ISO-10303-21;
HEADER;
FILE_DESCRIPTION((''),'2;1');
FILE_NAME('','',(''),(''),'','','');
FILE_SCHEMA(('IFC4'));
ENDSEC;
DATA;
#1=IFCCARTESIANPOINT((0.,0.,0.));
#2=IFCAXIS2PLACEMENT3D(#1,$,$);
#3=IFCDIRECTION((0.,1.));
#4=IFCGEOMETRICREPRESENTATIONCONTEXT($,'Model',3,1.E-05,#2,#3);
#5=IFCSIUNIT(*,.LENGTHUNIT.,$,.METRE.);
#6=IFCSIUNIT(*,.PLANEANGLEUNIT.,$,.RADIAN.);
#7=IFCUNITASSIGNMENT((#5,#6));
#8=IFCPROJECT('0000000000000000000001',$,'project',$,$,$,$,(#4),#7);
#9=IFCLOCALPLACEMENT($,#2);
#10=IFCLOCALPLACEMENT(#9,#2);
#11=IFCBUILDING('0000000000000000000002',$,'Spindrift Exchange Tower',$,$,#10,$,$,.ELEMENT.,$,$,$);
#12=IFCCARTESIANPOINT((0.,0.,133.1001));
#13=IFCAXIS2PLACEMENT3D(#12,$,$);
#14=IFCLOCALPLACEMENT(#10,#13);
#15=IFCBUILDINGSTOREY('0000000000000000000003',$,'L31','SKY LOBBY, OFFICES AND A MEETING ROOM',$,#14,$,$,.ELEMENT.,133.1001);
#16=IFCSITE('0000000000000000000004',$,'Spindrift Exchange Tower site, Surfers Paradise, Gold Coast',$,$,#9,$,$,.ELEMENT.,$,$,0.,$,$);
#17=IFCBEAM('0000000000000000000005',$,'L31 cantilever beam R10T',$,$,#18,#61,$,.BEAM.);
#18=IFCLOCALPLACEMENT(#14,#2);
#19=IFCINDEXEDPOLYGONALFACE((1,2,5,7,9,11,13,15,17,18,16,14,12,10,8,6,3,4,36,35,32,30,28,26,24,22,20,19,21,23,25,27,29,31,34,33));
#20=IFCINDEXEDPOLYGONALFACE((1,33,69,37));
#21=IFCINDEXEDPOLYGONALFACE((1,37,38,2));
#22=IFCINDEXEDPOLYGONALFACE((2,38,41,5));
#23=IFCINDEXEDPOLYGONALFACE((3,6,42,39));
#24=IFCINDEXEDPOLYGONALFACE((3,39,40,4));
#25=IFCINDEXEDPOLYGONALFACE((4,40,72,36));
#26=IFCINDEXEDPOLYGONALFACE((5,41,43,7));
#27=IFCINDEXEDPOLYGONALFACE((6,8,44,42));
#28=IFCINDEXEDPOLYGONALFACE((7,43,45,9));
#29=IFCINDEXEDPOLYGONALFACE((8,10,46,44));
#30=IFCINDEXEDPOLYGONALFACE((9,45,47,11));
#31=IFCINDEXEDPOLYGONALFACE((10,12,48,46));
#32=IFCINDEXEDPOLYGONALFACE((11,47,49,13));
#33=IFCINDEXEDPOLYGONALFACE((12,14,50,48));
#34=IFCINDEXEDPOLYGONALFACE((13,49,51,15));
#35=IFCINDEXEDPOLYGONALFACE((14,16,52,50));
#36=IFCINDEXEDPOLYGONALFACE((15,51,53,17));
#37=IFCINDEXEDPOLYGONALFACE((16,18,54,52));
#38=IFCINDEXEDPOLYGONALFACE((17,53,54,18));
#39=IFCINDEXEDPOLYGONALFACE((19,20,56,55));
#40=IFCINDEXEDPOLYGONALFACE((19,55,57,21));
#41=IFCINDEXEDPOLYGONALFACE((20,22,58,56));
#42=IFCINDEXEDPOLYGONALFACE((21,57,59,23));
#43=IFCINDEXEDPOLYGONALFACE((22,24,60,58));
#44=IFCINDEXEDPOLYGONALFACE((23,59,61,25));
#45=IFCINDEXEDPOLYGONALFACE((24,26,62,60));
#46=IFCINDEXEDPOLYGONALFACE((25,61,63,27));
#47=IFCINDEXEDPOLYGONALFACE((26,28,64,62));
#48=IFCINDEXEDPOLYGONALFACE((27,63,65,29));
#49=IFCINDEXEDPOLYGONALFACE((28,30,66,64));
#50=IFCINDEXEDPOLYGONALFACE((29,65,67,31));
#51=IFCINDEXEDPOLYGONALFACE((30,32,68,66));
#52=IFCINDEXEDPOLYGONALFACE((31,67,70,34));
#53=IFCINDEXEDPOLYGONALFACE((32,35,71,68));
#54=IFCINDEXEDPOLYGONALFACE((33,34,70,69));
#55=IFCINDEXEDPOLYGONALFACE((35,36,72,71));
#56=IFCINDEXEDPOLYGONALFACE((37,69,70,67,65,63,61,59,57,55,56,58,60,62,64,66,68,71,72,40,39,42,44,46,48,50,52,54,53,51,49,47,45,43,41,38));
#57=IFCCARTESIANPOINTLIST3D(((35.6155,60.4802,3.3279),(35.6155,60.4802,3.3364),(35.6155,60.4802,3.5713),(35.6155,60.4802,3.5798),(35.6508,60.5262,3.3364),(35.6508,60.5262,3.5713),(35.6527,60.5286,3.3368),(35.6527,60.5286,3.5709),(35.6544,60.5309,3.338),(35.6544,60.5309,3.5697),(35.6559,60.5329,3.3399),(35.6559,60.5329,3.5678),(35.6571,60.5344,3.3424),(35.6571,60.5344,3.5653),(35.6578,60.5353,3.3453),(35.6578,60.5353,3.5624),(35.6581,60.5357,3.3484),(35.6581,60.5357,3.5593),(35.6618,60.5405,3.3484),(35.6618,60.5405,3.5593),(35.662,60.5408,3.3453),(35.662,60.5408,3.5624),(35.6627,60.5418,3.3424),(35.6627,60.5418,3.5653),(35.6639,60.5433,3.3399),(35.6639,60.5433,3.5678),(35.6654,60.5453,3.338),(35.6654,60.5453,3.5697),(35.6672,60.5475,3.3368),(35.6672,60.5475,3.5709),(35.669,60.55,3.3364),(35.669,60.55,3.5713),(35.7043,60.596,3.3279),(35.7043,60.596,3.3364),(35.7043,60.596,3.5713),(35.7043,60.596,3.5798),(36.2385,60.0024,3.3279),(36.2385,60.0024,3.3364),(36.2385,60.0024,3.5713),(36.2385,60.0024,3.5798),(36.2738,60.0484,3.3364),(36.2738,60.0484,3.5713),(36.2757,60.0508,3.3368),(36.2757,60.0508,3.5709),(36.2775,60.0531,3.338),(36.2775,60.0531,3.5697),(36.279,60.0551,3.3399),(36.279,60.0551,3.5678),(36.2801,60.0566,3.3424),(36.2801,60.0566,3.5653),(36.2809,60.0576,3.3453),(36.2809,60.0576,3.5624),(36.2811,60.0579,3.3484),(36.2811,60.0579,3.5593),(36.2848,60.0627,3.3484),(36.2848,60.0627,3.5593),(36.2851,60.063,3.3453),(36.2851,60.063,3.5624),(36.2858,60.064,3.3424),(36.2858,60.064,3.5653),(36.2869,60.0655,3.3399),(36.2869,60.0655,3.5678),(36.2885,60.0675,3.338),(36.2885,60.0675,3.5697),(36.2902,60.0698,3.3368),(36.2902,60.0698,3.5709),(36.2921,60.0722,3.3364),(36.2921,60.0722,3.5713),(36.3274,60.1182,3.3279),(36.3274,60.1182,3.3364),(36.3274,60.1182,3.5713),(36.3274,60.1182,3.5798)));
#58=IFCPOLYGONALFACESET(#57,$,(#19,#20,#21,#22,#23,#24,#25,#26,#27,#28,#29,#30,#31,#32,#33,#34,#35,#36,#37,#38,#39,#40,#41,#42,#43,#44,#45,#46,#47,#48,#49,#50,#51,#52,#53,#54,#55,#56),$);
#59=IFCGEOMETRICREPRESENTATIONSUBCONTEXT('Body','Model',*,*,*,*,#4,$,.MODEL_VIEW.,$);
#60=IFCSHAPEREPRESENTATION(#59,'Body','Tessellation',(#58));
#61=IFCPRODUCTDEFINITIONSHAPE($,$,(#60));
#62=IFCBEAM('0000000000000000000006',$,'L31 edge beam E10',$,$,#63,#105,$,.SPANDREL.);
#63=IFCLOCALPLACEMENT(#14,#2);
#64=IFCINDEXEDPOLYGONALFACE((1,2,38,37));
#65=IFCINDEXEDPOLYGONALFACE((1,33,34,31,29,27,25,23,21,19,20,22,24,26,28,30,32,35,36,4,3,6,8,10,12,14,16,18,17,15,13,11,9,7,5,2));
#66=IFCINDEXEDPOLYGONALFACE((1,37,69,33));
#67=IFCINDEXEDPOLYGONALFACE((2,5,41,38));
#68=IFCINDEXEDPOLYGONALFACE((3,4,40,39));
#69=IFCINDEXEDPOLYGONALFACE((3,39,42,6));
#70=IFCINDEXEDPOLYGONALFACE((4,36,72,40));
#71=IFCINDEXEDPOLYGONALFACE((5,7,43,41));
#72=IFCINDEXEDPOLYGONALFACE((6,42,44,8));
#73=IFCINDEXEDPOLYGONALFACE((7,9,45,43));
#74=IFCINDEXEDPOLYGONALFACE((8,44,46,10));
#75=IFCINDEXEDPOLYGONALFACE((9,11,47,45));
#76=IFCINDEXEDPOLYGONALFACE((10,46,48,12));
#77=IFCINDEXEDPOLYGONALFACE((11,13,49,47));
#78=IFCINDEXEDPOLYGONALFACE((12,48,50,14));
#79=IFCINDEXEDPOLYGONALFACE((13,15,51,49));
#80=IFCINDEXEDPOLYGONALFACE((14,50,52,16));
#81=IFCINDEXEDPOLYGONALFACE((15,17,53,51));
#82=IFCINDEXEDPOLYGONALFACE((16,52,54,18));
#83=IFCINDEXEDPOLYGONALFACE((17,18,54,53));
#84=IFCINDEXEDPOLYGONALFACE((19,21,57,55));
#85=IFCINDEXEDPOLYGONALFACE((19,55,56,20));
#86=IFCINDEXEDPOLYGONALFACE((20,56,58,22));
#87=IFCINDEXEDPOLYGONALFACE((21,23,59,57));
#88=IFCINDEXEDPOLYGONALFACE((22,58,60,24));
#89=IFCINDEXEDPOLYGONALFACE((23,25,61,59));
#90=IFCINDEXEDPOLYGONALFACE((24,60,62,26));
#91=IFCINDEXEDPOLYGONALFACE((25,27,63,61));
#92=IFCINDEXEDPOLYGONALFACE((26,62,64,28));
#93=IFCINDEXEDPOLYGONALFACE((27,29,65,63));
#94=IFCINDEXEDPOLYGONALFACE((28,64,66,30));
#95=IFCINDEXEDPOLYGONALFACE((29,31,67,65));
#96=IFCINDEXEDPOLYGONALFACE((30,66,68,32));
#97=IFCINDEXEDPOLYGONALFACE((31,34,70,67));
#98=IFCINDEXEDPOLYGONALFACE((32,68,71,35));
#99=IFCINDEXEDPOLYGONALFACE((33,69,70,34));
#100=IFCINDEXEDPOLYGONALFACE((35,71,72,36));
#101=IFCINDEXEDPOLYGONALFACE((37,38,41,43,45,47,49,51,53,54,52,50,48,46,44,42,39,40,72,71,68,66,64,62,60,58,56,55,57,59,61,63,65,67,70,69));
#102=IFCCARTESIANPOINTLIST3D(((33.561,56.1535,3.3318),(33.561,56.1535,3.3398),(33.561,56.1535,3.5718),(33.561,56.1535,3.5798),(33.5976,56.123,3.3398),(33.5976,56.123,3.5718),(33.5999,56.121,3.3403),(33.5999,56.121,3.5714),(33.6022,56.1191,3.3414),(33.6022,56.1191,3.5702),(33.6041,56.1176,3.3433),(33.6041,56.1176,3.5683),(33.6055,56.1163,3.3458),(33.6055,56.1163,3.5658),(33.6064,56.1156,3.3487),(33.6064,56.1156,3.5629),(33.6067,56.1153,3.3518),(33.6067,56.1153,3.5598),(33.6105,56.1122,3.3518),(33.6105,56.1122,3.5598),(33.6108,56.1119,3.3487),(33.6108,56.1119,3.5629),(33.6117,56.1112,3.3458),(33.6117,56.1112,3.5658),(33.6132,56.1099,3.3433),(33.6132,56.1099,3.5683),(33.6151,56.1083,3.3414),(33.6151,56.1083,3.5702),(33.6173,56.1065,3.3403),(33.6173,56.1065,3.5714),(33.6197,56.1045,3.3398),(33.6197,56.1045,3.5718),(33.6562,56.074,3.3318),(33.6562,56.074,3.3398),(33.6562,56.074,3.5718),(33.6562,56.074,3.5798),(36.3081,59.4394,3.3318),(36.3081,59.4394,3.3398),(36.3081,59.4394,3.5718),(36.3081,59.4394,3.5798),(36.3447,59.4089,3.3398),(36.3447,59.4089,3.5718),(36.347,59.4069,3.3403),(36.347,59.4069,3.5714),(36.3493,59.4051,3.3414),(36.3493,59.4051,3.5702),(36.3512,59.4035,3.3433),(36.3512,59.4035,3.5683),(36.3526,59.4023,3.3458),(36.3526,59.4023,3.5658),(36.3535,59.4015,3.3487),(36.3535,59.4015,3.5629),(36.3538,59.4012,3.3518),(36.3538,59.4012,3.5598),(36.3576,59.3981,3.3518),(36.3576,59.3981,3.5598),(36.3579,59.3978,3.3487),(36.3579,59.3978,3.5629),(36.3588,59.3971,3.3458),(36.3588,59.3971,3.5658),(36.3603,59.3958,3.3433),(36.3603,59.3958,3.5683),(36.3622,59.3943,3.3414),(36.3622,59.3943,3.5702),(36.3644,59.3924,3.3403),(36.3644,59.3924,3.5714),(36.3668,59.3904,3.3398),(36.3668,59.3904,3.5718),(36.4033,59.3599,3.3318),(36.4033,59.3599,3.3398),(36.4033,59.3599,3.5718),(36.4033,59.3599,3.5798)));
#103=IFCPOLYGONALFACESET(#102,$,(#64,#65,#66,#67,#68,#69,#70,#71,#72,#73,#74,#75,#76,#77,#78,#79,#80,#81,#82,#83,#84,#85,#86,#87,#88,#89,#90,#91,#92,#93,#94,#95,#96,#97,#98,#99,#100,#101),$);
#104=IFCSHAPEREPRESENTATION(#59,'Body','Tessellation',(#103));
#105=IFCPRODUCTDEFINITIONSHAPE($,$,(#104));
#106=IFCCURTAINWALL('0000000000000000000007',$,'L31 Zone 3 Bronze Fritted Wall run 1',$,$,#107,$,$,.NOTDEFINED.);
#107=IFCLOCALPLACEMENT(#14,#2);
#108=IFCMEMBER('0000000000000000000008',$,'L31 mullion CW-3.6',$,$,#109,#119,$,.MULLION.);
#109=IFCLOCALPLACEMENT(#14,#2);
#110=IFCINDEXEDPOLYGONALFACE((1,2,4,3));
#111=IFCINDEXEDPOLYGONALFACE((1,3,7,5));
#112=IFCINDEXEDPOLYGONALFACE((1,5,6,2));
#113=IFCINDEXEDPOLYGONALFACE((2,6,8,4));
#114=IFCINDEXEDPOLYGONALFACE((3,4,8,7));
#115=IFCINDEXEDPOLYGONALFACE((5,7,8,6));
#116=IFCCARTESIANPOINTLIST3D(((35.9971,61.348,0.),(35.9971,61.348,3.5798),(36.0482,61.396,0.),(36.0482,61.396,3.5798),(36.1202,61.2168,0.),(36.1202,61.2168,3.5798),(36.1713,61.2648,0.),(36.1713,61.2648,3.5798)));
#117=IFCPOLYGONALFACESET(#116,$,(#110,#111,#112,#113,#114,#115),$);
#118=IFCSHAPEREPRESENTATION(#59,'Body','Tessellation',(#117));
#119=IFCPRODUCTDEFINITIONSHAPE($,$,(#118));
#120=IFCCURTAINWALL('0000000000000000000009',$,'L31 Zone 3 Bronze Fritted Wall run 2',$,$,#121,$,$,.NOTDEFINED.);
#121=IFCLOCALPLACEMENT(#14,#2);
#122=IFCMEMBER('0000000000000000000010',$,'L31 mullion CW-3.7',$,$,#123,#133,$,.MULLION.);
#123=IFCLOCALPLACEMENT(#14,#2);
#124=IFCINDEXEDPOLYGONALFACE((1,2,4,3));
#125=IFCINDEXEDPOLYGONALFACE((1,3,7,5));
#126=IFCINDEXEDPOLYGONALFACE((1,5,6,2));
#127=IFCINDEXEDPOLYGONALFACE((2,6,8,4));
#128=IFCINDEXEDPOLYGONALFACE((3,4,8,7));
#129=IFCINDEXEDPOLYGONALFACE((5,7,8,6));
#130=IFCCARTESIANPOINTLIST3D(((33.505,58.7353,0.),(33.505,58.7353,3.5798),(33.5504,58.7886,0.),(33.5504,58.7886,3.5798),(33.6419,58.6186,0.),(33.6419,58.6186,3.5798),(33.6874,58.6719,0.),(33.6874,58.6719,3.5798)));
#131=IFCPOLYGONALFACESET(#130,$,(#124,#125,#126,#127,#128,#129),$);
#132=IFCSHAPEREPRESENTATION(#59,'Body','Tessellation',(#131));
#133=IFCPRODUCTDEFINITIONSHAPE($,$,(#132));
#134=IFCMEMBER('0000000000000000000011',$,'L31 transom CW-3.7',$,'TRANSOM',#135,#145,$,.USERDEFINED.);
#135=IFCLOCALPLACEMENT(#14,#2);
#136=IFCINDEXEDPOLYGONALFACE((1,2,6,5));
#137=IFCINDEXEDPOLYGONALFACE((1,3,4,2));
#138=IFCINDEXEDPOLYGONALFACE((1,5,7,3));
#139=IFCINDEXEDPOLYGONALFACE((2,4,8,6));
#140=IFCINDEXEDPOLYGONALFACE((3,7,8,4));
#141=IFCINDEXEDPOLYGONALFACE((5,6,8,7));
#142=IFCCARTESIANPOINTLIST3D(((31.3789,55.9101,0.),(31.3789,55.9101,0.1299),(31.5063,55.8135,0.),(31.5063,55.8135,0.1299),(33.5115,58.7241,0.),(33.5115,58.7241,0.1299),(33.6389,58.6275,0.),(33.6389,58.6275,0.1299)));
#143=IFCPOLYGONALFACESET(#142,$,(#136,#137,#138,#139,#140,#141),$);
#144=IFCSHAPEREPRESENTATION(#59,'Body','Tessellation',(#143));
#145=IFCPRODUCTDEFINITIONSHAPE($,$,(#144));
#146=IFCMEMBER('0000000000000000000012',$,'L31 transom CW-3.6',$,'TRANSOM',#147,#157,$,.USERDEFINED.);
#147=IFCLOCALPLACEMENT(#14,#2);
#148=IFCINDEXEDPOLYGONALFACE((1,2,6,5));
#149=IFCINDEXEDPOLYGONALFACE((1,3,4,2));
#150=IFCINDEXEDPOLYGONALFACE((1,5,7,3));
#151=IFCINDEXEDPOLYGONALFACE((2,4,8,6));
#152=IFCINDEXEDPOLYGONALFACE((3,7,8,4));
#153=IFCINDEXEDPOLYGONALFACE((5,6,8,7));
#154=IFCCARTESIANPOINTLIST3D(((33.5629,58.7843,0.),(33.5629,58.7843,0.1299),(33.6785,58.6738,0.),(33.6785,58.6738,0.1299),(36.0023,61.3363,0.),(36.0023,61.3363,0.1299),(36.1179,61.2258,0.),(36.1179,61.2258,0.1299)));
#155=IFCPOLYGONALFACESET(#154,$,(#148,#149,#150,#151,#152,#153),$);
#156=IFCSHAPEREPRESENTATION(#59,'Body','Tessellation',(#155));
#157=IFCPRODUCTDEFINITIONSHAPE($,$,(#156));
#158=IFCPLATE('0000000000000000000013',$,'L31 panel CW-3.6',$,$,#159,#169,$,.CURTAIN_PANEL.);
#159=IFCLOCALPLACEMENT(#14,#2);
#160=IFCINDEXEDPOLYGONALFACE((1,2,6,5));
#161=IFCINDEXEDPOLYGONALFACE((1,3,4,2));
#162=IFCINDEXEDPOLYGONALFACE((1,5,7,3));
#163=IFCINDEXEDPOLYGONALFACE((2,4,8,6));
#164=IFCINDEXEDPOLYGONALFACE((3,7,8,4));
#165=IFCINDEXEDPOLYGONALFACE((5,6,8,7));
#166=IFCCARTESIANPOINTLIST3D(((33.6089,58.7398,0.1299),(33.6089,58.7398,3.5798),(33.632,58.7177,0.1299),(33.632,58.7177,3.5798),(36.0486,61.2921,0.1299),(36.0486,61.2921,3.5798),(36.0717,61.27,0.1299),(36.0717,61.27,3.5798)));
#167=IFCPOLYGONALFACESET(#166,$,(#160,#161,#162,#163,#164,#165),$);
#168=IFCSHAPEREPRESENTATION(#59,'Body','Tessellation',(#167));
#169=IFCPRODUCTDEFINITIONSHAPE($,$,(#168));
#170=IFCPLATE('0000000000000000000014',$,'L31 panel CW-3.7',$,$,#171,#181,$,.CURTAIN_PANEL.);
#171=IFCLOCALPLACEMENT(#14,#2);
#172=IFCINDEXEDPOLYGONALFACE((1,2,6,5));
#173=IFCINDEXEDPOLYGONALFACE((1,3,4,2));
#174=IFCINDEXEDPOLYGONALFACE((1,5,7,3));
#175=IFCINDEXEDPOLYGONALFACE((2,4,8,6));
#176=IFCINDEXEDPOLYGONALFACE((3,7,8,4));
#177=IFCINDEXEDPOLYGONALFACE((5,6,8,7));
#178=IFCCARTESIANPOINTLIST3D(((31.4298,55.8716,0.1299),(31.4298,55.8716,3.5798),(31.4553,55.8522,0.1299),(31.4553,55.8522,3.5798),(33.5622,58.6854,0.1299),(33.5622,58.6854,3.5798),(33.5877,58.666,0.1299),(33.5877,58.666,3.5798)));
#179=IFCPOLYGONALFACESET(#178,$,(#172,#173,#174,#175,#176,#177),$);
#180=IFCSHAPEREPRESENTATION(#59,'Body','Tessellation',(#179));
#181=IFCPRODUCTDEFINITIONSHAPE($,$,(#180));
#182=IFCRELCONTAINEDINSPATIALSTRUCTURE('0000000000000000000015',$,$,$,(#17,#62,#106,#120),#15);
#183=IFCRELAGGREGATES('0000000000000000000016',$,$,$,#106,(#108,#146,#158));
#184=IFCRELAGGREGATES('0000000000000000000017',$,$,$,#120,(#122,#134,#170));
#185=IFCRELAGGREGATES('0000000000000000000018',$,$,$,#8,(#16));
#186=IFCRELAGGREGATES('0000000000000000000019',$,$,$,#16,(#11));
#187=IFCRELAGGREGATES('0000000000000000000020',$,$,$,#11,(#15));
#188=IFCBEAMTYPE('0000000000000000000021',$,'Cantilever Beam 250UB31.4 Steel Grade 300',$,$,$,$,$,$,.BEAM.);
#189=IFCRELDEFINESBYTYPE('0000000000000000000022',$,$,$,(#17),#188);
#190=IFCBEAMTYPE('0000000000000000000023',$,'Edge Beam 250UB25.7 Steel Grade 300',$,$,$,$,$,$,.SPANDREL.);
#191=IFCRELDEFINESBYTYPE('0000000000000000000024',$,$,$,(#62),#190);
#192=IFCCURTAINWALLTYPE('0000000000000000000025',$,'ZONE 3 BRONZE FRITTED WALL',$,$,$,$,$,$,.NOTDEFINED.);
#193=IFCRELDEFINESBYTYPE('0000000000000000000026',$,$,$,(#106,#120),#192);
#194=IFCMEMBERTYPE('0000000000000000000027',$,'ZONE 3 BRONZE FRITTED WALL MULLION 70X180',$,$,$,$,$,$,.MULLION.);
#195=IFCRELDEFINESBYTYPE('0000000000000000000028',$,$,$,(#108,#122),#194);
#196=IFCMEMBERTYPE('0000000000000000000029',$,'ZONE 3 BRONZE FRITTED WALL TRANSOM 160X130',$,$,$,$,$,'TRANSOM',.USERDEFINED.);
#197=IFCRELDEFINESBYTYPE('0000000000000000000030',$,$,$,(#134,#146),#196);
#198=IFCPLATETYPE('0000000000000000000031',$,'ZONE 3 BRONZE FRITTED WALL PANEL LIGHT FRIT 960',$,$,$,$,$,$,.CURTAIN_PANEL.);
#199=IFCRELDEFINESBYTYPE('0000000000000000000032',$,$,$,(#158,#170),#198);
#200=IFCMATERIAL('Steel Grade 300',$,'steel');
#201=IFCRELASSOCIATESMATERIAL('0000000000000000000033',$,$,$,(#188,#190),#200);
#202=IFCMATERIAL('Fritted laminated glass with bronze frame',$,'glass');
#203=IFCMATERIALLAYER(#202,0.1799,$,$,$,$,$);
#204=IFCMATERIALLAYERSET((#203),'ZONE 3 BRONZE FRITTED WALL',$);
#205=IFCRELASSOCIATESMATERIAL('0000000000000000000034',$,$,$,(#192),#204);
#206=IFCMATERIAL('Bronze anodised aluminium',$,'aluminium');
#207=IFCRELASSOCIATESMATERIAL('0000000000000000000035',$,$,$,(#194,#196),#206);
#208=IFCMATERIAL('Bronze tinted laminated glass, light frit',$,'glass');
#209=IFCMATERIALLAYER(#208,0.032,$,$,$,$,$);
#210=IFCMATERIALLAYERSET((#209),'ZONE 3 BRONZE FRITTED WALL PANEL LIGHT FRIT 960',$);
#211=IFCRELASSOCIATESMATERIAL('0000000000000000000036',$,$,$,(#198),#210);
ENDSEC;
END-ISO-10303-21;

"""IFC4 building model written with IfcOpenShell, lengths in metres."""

from ifc_helpers import new_model, si_unit, direction, frame, origin, origin_2d, place, context, subcontext, project, spatial, rectangle, i_section, extrude, source, transform, mapped, material, layer, layer_set, material_profile, profile_set, type_object, element, aggregate, save


model = new_model("IFC4")

# Units and contexts
model_context = context("Model", 3, precision=1e-05, world=origin(), true_north=direction((0.0, 1.0)))
body_context = subcontext(model_context, "Body", "Model", "MODEL_VIEW")
ifc_project = project(units=[si_unit("LENGTHUNIT", "METRE"), si_unit("PLANEANGLEUNIT", "RADIAN")], contexts=[model_context])

# Site, building, storey
site_placement = place(None, origin())
site = spatial("IfcSite", under=ifc_project, at=site_placement, Name="Spindrift Exchange Tower site, Surfers Paradise, Gold Coast", CompositionType="ELEMENT", RefElevation=0.0)
building_placement = place(site_placement, origin())
building = spatial("IfcBuilding", under=site, at=building_placement, Name="Spindrift Exchange Tower", CompositionType="ELEMENT")
storey_placement = place(building_placement, frame((0.0, 0.0, 133.1001)))
storey = spatial("IfcBuildingStorey", under=building, at=storey_placement, Name="L31", Description="SKY LOBBY, OFFICES AND A MEETING ROOM", CompositionType="ELEMENT", Elevation=133.1001)

# Beams
ifc_material_1 = material(Name="Steel Grade 300", Category="steel")
ifc_material_profile_1 = material_profile(ifc_material_1, i_section(OverallWidth=0.146, OverallDepth=0.252, WebThickness=0.0061, FlangeThickness=0.0085, FilletRadius=0.012, at=origin_2d()), Name="250UB31.4")
ifc_profile_set_1 = profile_set([ifc_material_profile_1], Name="Steel Grade 300")
beam_type_1 = type_object("IfcBeamType", Name="Cantilever Beam 250UB31.4 Steel Grade 300", PredefinedType="BEAM", material=ifc_profile_set_1)
shared_shape_1 = source(origin(), body_context, "Body", "SweptSolid", [
    extrude(i_section(OverallWidth=0.146, OverallDepth=0.252, WebThickness=0.0061, FlangeThickness=0.0085, FilletRadius=0.012, at=origin_2d()), origin(), (0.0, 0.0, 1.0), 0.7852),
])
beam_1_placement = place(storey_placement, frame((36.283, 60.0603, 3.4539), z_axis=(-0.793536, 0.608523, 0.0), x_axis=(-0.608523, -0.793536, 0.0)))
element("IfcBeam", 1, at=beam_1_placement, inside=storey, type_object=beam_type_1, Name="L31 cantilever beam R10T", PredefinedType="BEAM", context=body_context, shape_type="MappedRepresentation", body=[
    mapped(shared_shape_1, transform((0.0, 0.0, 0.0), scale=1.0)),
])
ifc_material_profile_2 = material_profile(ifc_material_1, i_section(OverallWidth=0.124, OverallDepth=0.248, WebThickness=0.0049, FlangeThickness=0.0081, FilletRadius=0.012, at=origin_2d()), Name="250UB25.7")
ifc_profile_set_2 = profile_set([ifc_material_profile_2], Name="Steel Grade 300")
beam_type_2 = type_object("IfcBeamType", Name="Edge Beam 250UB25.7 Steel Grade 300", PredefinedType="SPANDREL", material=ifc_profile_set_2)
shared_shape_2 = source(origin(), body_context, "Body", "SweptSolid", [
    extrude(i_section(OverallWidth=0.124, OverallDepth=0.248, WebThickness=0.0049, FlangeThickness=0.0081, FilletRadius=0.012, at=origin_2d()), origin(), (0.0, 0.0, 1.0), 4.283),
])
beam_2_placement = place(storey_placement, frame((36.3557, 59.3997, 3.4558), z_axis=(-0.6414, -0.767206, 0.0), x_axis=(0.767206, -0.6414, 0.0)))
element("IfcBeam", 2, at=beam_2_placement, inside=storey, type_object=beam_type_2, Name="L31 edge beam E10", PredefinedType="SPANDREL", context=body_context, shape_type="MappedRepresentation", body=[
    mapped(shared_shape_2, transform((0.0, 0.0, 0.0), scale=1.0)),
])

# Curtain wall, member
ifc_material_2 = material(Name="Fritted laminated glass with bronze frame", Category="glass")
ifc_layer_1 = layer(ifc_material_2, 0.1799)
ifc_layer_set_1 = layer_set([ifc_layer_1], Name="ZONE 3 BRONZE FRITTED WALL")
curtain_wall_type = type_object("IfcCurtainWallType", Name="ZONE 3 BRONZE FRITTED WALL", PredefinedType="NOTDEFINED", material=ifc_layer_set_1)
curtain_wall_1_placement = place(storey_placement, origin())
curtain_wall_1 = element("IfcCurtainWall", 3, at=curtain_wall_1_placement, inside=storey, type_object=curtain_wall_type, Name="L31 Zone 3 Bronze Fritted Wall run 1", PredefinedType="NOTDEFINED")
ifc_material_3 = material(Name="Bronze anodised aluminium", Category="aluminium")
ifc_material_profile_3 = material_profile(ifc_material_3, rectangle(XDim=0.0701, YDim=0.1799, at=origin_2d()), Name="ZONE 3 BRONZE FRITTED WALL MULLION 70X180")
ifc_profile_set_3 = profile_set([ifc_material_profile_3], Name="Bronze anodised aluminium")
member_type_1 = type_object("IfcMemberType", Name="ZONE 3 BRONZE FRITTED WALL MULLION 70X180", PredefinedType="MULLION", material=ifc_profile_set_3)
shared_shape_3 = source(origin(), body_context, "Body", "SweptSolid", [
    extrude(rectangle(XDim=0.0701, YDim=0.1799, at=origin_2d()), origin(), (0.0, 0.0, 1.0), 3.5798),
])
member_1_placement = place(storey_placement, frame((36.0842, 61.3064, 0.0), z_axis=(0.0, 0.0, 1.0), x_axis=(-0.729215, -0.684285, 0.0)))
member_1 = element("IfcMember", 4, at=member_1_placement, type_object=member_type_1, Name="L31 mullion CW-3.6", PredefinedType="MULLION", context=body_context, shape_type="MappedRepresentation", body=[
    mapped(shared_shape_3, transform((0.0, 0.0, 0.0), scale=1.0)),
])

# Curtain wall, members
curtain_wall_2_placement = place(storey_placement, origin())
curtain_wall_2 = element("IfcCurtainWall", 5, at=curtain_wall_2_placement, inside=storey, type_object=curtain_wall_type, Name="L31 Zone 3 Bronze Fritted Wall run 2", PredefinedType="NOTDEFINED")
member_2_placement = place(storey_placement, frame((33.5962, 58.7036, 0.0), z_axis=(0.0, 0.0, 1.0), x_axis=(-0.648548, -0.761173, 0.0)))
member_2 = element("IfcMember", 6, at=member_2_placement, type_object=member_type_1, Name="L31 mullion CW-3.7", PredefinedType="MULLION", context=body_context, shape_type="MappedRepresentation", body=[
    mapped(shared_shape_3, transform((0.0, 0.0, 0.0), scale=1.0)),
])
ifc_material_profile_4 = material_profile(ifc_material_3, rectangle(XDim=0.1599, YDim=0.1299, at=origin_2d()), Name="ZONE 3 BRONZE FRITTED WALL TRANSOM 160X130")
ifc_profile_set_4 = profile_set([ifc_material_profile_4], Name="Bronze anodised aluminium")
member_type_2 = type_object("IfcMemberType", Name="ZONE 3 BRONZE FRITTED WALL TRANSOM 160X130", ElementType="TRANSOM", PredefinedType="USERDEFINED", material=ifc_profile_set_4)
shared_shape_4 = source(origin(), body_context, "Body", "SweptSolid", [
    extrude(rectangle(XDim=0.1599, YDim=0.1299, at=origin_2d()), origin(), (0.0, 0.0, 1.0), 3.5308),
])
member_3_placement = place(storey_placement, frame((33.5752, 58.6758, 0.0649), z_axis=(-0.603997, -0.796986, 0.0), x_axis=(0.796986, -0.603997, 0.0)))
member_3 = element("IfcMember", 7, at=member_3_placement, type_object=member_type_2, Name="L31 transom CW-3.7", ObjectType="TRANSOM", PredefinedType="USERDEFINED", context=body_context, shape_type="MappedRepresentation", body=[
    mapped(shared_shape_4, transform((0.0, 0.0, 0.0), scale=1.0)),
])

# Member
shared_shape_5 = source(origin(), body_context, "Body", "SweptSolid", [
    extrude(rectangle(XDim=0.1599, YDim=0.1299, at=origin_2d()), origin(), (0.0, 0.0, 1.0), 3.5303),
])
member_4_placement = place(storey_placement, frame((36.0601, 61.281, 0.0649), z_axis=(-0.690987, -0.722867, 0.0), x_axis=(0.722867, -0.690987, 0.0)))
member_4 = element("IfcMember", 8, at=member_4_placement, type_object=member_type_2, Name="L31 transom CW-3.6", ObjectType="TRANSOM", PredefinedType="USERDEFINED", context=body_context, shape_type="MappedRepresentation", body=[
    mapped(shared_shape_5, transform((0.0, 0.0, 0.0), scale=1.0)),
])

# Plates
ifc_material_4 = material(Name="Bronze tinted laminated glass, light frit", Category="glass")
ifc_layer_2 = layer(ifc_material_4, 0.032)
ifc_layer_set_2 = layer_set([ifc_layer_2], Name="ZONE 3 BRONZE FRITTED WALL PANEL LIGHT FRIT 960")
plate_type = type_object("IfcPlateType", Name="ZONE 3 BRONZE FRITTED WALL PANEL LIGHT FRIT 960", PredefinedType="CURTAIN_PANEL", material=ifc_layer_set_2)
shared_shape_6 = source(origin(), body_context, "Body", "SweptSolid", [
    extrude(rectangle(XDim=3.5308, YDim=0.032, at=origin_2d()), origin(), (0.0, 0.0, 1.0), 3.45),
])
plate_1_placement = place(storey_placement, frame((34.8403, 60.0049, 0.1299), z_axis=(0.0, 0.0, 1.0), x_axis=(-0.690986, -0.722868, 0.0)))
plate_1 = element("IfcPlate", 9, at=plate_1_placement, type_object=plate_type, Name="L31 panel CW-3.6", PredefinedType="CURTAIN_PANEL", context=body_context, shape_type="MappedRepresentation", body=[
    mapped(shared_shape_6, transform((0.0, 0.0, 0.0), scale=1.0)),
])
aggregate(curtain_wall_1, [member_1, member_4, plate_1])
shared_shape_7 = source(origin(), body_context, "Body", "SweptSolid", [
    extrude(rectangle(XDim=3.5305, YDim=0.032, at=origin_2d()), origin(), (0.0, 0.0, 1.0), 3.45),
])
plate_2_placement = place(storey_placement, frame((32.5088, 57.2688, 0.1299), z_axis=(0.0, 0.0, 1.0), x_axis=(-0.603991, -0.796991, 0.0)))
plate_2 = element("IfcPlate", 10, at=plate_2_placement, type_object=plate_type, Name="L31 panel CW-3.7", PredefinedType="CURTAIN_PANEL", context=body_context, shape_type="MappedRepresentation", body=[
    mapped(shared_shape_7, transform((0.0, 0.0, 0.0), scale=1.0)),
])
aggregate(curtain_wall_2, [member_2, member_3, plate_2])

save(model, "model.ifc")
